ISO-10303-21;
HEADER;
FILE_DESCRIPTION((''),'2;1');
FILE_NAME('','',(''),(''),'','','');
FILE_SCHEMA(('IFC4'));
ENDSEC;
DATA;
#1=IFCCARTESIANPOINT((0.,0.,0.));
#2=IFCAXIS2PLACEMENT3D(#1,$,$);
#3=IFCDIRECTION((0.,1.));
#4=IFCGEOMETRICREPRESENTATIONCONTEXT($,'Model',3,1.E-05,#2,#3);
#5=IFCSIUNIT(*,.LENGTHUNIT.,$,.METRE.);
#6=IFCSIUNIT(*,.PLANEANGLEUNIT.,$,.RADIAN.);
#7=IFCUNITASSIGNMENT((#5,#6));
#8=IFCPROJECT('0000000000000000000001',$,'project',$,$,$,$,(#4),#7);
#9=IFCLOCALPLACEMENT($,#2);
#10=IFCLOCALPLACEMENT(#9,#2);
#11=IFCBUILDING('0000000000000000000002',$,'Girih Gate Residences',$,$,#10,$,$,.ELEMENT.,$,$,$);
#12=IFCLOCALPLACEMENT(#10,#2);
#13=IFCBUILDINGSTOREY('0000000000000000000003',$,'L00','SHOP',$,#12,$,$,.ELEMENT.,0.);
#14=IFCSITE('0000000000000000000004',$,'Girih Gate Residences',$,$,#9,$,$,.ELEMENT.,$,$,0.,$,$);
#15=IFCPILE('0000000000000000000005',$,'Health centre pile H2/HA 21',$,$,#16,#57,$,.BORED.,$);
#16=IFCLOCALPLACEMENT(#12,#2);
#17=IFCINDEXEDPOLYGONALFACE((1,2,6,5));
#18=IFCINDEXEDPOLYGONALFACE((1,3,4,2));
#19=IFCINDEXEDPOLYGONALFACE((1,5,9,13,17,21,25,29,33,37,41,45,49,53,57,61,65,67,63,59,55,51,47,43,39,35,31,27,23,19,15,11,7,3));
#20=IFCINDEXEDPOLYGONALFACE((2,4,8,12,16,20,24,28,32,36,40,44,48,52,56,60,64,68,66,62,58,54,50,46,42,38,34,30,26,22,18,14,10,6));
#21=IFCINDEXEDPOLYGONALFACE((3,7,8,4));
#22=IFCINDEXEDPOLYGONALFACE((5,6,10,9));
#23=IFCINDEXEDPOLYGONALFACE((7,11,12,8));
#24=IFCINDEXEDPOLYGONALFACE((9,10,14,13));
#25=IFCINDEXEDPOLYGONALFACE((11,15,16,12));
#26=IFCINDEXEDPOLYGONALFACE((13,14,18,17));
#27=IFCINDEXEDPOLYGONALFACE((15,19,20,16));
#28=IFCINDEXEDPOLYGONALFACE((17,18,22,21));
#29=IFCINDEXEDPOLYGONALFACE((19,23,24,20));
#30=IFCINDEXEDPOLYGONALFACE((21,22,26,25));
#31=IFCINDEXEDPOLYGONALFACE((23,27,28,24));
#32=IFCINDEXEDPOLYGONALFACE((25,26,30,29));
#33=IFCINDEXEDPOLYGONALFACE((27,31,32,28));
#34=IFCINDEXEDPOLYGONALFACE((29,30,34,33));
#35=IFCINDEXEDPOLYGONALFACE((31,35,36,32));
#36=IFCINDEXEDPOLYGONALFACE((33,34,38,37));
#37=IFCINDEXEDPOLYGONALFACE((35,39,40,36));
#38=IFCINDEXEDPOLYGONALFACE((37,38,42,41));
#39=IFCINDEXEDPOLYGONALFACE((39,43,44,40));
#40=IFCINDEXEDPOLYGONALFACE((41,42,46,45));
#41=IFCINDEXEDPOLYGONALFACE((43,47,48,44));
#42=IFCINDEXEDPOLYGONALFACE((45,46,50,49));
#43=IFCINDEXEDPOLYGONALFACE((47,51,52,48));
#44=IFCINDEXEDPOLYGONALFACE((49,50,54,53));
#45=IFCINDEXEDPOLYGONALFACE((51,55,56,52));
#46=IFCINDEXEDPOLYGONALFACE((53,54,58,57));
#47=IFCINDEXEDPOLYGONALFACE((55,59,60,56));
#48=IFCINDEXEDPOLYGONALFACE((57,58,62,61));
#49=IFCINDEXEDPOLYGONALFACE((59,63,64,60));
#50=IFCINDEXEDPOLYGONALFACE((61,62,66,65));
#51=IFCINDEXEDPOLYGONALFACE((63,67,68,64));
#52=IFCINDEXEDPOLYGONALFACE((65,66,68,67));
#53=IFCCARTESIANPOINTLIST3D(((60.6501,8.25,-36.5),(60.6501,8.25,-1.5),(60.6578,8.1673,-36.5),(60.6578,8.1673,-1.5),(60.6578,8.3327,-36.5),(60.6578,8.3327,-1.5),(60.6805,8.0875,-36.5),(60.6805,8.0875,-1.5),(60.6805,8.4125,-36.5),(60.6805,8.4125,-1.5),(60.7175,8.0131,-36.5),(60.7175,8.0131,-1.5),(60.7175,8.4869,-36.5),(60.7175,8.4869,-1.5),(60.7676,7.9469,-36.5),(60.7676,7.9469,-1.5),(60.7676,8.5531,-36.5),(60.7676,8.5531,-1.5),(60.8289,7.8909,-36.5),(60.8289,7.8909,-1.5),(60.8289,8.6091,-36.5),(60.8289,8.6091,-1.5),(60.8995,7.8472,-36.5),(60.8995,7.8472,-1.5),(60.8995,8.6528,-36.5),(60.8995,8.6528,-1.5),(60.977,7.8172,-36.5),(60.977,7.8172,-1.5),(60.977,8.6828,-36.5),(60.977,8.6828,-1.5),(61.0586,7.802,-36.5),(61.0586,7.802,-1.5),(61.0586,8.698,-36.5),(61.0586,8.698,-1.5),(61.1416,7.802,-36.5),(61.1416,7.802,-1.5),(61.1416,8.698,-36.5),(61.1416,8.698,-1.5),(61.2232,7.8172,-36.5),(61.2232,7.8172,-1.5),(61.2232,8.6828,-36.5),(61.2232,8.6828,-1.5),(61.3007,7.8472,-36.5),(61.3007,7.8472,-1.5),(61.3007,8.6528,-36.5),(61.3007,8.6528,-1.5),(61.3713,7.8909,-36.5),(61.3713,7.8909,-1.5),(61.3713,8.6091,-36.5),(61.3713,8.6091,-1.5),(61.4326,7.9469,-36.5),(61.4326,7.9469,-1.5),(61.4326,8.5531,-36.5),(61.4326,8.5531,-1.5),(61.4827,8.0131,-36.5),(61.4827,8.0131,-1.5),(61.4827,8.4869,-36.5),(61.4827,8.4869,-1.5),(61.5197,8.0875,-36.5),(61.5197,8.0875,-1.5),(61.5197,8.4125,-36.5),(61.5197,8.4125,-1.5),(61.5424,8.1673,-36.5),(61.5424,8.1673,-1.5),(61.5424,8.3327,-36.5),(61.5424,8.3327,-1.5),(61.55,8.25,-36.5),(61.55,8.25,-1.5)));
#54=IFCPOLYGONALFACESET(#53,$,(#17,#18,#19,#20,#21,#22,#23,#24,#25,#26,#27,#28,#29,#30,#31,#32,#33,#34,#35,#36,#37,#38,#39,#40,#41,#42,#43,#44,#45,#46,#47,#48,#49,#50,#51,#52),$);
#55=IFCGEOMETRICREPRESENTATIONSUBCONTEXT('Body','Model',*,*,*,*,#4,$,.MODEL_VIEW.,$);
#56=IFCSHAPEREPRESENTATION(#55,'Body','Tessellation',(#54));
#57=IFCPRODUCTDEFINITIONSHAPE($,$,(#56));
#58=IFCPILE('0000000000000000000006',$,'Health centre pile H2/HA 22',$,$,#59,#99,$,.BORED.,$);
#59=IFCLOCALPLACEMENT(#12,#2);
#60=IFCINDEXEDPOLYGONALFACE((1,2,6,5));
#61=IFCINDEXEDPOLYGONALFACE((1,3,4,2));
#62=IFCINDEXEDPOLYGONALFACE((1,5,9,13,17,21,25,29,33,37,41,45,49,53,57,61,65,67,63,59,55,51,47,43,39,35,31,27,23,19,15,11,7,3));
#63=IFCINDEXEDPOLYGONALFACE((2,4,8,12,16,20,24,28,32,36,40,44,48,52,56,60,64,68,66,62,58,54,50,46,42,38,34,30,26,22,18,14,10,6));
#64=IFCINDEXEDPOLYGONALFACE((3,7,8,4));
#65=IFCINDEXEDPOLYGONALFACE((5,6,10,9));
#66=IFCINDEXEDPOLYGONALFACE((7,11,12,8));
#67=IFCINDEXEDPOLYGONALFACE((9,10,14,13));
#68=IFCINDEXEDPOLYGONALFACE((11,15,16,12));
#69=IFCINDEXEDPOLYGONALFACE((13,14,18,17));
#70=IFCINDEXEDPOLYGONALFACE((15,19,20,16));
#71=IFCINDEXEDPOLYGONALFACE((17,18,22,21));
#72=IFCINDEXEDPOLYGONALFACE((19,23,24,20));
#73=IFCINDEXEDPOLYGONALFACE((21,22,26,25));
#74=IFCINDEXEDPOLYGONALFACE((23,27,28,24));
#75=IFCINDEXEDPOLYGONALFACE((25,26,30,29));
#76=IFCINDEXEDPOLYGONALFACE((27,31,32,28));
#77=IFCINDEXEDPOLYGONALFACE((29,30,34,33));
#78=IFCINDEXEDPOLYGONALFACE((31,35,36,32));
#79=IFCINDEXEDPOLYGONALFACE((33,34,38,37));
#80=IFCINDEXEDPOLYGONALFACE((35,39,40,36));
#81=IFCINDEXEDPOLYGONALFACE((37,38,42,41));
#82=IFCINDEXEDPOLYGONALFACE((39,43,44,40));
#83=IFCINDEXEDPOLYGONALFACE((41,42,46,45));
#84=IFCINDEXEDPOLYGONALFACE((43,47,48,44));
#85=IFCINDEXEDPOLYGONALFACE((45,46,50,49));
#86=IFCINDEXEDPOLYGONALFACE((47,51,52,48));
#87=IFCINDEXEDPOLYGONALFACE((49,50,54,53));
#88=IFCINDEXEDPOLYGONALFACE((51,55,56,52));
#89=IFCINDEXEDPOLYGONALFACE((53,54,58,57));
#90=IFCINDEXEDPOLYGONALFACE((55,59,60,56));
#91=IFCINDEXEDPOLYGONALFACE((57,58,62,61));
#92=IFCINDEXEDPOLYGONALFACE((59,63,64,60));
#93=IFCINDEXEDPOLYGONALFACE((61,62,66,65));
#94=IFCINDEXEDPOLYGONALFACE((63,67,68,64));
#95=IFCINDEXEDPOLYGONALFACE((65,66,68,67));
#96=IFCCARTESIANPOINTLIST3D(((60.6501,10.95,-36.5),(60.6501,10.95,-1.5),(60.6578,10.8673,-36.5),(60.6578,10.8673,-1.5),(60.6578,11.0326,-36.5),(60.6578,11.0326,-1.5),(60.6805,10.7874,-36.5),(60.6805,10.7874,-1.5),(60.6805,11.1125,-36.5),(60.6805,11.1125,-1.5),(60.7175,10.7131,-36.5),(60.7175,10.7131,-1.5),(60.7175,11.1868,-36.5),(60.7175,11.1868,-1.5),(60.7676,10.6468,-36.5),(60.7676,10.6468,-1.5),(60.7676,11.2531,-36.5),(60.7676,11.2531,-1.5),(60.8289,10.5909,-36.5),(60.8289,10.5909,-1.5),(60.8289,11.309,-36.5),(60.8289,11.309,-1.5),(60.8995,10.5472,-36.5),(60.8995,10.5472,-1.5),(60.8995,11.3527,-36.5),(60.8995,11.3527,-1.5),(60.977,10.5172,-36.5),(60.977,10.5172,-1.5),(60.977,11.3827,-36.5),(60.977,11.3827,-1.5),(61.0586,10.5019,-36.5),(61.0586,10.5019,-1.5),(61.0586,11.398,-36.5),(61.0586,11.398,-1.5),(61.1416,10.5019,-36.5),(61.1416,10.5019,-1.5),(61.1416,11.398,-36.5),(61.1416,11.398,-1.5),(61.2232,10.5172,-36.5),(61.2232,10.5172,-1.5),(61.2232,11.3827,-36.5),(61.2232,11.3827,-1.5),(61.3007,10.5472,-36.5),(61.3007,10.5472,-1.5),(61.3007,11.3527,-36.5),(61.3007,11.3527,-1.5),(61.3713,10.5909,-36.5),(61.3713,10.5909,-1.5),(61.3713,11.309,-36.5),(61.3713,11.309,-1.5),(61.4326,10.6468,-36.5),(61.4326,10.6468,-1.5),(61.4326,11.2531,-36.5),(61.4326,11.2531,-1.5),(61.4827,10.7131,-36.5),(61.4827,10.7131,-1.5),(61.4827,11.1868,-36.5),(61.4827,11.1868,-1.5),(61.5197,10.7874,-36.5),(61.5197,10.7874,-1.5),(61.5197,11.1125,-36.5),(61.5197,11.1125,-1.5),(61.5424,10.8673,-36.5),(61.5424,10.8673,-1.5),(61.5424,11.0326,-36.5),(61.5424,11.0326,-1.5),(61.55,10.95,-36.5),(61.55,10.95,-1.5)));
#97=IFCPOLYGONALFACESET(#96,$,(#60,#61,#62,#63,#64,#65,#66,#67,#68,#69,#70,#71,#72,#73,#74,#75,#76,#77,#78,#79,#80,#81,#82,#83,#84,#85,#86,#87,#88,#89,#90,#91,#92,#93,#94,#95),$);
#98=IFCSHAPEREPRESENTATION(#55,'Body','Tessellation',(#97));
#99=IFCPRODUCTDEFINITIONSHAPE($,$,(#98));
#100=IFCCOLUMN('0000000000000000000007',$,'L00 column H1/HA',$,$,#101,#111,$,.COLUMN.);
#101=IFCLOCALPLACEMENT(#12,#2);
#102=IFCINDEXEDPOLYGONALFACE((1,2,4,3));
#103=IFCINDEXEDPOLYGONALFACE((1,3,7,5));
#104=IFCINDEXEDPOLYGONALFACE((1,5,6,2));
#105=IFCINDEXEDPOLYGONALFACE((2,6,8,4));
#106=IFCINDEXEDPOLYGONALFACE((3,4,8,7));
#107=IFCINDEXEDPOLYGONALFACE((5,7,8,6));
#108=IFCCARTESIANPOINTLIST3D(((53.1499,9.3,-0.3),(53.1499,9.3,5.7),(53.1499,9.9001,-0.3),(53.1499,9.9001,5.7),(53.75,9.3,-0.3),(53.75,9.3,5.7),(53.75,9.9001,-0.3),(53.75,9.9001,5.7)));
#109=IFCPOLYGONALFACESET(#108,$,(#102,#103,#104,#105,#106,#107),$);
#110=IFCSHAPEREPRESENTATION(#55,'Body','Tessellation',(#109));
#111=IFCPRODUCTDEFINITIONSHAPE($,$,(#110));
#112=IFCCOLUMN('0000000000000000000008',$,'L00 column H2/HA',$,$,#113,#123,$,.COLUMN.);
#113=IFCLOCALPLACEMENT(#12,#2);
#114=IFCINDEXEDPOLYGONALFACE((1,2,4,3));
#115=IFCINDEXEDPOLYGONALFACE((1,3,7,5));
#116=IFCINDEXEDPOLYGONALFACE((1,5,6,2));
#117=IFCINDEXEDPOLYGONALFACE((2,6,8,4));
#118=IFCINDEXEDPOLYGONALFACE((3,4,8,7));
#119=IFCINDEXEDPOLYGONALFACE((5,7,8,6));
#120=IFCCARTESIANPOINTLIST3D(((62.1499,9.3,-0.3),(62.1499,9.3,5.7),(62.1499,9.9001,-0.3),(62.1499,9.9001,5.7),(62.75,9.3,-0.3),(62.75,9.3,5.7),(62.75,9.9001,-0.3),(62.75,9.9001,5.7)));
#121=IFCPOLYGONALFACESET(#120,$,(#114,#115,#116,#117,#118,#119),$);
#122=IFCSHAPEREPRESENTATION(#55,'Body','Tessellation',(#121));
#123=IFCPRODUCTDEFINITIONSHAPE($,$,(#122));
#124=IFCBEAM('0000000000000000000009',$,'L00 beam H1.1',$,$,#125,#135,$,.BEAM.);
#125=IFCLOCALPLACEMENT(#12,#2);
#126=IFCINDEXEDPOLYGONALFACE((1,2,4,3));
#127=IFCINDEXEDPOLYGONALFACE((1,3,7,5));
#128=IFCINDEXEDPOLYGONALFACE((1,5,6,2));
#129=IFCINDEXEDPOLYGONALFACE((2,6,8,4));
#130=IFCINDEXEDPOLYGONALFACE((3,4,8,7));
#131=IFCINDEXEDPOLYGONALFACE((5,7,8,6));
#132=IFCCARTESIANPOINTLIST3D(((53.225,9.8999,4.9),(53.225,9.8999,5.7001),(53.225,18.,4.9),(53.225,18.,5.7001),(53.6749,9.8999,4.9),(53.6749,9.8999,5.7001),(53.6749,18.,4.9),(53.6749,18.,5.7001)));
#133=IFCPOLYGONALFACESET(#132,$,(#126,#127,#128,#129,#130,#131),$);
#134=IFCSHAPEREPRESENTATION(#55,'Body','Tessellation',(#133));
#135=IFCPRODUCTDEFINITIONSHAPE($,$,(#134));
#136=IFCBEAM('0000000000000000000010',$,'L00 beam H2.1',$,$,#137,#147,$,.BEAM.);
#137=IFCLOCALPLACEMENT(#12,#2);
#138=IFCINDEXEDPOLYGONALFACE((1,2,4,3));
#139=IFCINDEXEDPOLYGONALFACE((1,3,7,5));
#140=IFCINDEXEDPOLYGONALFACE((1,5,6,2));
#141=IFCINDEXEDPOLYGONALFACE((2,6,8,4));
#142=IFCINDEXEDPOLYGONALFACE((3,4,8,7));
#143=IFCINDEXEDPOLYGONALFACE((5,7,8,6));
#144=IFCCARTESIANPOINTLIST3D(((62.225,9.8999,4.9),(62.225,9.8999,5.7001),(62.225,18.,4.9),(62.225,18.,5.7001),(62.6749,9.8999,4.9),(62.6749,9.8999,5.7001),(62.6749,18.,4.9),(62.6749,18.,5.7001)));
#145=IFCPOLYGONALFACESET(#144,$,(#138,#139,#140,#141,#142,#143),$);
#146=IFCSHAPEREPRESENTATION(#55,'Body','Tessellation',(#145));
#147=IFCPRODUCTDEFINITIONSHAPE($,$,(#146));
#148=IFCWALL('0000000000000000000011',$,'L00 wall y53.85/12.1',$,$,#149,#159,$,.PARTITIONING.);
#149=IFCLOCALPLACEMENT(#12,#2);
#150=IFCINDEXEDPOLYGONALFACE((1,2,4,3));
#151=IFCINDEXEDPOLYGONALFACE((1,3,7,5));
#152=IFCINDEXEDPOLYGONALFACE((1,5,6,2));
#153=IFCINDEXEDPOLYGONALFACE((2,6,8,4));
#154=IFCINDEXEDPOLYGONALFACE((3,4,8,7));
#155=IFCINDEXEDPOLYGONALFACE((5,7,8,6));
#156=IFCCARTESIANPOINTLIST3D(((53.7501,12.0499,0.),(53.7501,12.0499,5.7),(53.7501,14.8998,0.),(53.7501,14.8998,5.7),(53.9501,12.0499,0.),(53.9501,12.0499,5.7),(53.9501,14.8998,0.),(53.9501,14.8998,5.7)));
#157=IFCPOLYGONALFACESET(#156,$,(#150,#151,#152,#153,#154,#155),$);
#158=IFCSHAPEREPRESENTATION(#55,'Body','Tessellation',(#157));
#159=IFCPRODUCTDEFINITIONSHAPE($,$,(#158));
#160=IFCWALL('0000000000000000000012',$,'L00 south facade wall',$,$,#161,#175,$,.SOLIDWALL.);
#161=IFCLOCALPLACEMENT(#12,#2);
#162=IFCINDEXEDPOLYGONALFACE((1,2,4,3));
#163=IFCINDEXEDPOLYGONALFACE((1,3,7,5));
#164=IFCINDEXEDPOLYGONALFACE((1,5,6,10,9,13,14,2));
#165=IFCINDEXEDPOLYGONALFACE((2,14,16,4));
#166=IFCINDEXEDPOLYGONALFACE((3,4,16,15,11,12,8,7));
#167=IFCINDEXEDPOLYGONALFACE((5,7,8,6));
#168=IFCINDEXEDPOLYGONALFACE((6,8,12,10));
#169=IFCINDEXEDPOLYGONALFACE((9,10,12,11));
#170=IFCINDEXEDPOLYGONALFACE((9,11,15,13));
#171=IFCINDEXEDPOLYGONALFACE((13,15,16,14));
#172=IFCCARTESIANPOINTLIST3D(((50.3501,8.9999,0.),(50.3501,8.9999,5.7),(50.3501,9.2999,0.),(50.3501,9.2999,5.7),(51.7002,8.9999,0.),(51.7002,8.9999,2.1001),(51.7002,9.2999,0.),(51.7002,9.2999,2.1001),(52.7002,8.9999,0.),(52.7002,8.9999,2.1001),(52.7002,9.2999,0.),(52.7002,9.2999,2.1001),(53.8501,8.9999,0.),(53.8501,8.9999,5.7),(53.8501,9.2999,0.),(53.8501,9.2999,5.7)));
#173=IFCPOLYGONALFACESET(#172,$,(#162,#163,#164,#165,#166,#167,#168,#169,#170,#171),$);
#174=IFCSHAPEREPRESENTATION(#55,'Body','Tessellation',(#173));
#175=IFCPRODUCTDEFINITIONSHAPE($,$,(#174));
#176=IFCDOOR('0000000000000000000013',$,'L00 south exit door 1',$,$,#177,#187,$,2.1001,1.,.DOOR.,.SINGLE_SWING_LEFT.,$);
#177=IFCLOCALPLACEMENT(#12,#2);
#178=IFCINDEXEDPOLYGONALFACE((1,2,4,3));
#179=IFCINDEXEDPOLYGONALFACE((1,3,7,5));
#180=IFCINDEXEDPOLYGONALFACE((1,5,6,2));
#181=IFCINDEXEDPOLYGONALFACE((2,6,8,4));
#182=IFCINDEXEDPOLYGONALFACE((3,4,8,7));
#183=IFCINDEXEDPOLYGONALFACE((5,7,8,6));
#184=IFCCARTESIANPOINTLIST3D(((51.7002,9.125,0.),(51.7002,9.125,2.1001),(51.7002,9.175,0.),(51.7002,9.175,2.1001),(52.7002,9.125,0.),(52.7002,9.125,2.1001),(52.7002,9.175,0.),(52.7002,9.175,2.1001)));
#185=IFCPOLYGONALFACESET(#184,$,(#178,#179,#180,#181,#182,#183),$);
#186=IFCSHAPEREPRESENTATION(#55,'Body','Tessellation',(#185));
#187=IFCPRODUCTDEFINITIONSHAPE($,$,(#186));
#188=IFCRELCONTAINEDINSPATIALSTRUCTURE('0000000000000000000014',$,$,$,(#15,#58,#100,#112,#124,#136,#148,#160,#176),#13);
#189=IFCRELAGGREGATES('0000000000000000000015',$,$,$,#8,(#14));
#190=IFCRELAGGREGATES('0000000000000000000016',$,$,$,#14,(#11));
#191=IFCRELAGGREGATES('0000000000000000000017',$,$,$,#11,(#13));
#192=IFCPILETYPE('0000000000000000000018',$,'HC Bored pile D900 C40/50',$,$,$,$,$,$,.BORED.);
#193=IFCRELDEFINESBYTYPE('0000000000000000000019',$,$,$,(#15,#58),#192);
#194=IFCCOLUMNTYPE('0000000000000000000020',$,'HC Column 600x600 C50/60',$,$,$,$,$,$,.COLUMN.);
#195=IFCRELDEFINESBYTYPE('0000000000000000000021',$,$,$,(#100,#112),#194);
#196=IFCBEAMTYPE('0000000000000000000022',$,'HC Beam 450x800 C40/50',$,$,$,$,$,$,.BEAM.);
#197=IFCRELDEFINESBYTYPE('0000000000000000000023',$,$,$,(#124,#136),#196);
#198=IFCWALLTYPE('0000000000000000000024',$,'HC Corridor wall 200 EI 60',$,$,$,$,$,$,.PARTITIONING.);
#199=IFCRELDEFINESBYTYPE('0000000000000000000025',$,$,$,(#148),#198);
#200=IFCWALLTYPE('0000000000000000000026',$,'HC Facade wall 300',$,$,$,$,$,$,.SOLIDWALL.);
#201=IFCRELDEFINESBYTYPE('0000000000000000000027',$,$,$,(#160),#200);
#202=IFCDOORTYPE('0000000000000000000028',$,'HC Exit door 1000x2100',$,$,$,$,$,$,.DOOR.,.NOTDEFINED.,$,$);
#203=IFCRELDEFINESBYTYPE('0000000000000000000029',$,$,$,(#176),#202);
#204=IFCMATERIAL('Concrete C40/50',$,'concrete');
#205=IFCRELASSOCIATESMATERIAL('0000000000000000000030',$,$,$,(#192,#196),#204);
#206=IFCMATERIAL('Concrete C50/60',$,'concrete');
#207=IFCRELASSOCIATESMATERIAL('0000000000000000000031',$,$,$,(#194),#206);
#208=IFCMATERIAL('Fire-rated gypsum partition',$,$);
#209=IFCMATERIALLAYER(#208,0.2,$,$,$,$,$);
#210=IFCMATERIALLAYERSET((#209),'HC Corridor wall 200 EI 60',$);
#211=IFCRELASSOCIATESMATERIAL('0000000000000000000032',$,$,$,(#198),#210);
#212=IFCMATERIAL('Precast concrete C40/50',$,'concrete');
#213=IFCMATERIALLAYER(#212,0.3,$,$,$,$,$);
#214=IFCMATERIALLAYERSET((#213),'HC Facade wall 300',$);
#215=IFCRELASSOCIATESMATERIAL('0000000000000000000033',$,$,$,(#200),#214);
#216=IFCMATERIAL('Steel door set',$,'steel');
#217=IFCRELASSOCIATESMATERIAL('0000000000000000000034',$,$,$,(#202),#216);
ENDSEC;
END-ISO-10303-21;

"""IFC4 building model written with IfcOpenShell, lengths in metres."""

from ifc_helpers import new_model, si_unit, direction, frame, frame_2d, origin, origin_2d, place, context, subcontext, project, spatial, rectangle, circle, extrude, material, layer, layer_set, material_profile, profile_set, type_object, element, fill, save


model = new_model("IFC4")

# Units and contexts
model_context = context("Model", 3, precision=1e-05, world=origin(), true_north=direction((0.0, 1.0)))
body_context = subcontext(model_context, "Body", "Model", "MODEL_VIEW")
ifc_project = project(units=[si_unit("LENGTHUNIT", "METRE"), si_unit("PLANEANGLEUNIT", "RADIAN")], contexts=[model_context])

# Site, building, storey
site_placement = place(None, origin())
site = spatial("IfcSite", under=ifc_project, at=site_placement, Name="Girih Gate Residences", CompositionType="ELEMENT", RefElevation=0.0)
building_placement = place(site_placement, origin())
building = spatial("IfcBuilding", under=site, at=building_placement, Name="Girih Gate Residences", CompositionType="ELEMENT")
storey_placement = place(building_placement, origin())
storey = spatial("IfcBuildingStorey", under=building, at=storey_placement, Name="L00", Description="SHOP", CompositionType="ELEMENT", Elevation=0.0)

# Piles
ifc_material_1 = material(Name="Concrete C40/50", Category="concrete")
ifc_material_profile_1 = material_profile(ifc_material_1, circle(Radius=0.45, at=origin_2d()))
ifc_profile_set_1 = profile_set([ifc_material_profile_1], Name="Concrete C40/50")
pile_type = type_object("IfcPileType", Name="HC Bored pile D900 C40/50", PredefinedType="BORED", material=ifc_profile_set_1)
for number, where, z_axis, x_axis, name in (
    (1, (61.1001, 8.25, -1.5), (0.0, 0.0, -1.0), (1.0, 0.0, 0.0), "Health centre pile H2/HA 21"),
    (2, (61.1001, 10.95, -1.5), (0.0, 0.0, -1.0), (1.0, 0.0, 0.0), "Health centre pile H2/HA 22"),
):
    element("IfcPile", number, at=place(storey_placement, frame(where, z_axis=z_axis, x_axis=x_axis)), inside=storey, type_object=pile_type, Name=name, PredefinedType="BORED", context=body_context, shape_type="SweptSolid", body=[
        extrude(circle(Radius=0.45, at=origin_2d()), origin(), (0.0, 0.0, 1.0), 35.0),
    ])

# Columns
ifc_material_2 = material(Name="Concrete C50/60", Category="concrete")
ifc_material_profile_2 = material_profile(ifc_material_2, rectangle(XDim=0.6001, YDim=0.6001, at=origin_2d()))
ifc_profile_set_2 = profile_set([ifc_material_profile_2], Name="Concrete C50/60")
column_type = type_object("IfcColumnType", Name="HC Column 600x600 C50/60", PredefinedType="COLUMN", material=ifc_profile_set_2)
for number, where, z_axis, x_axis, name in (
    (3, (53.45, 9.6001, -0.3), (0.0, 0.0, 1.0), (1.0, 0.0, 0.0), "L00 column H1/HA"),
    (4, (62.45, 9.6001, -0.3), (0.0, 0.0, 1.0), (1.0, 0.0, 0.0), "L00 column H2/HA"),
):
    element("IfcColumn", number, at=place(storey_placement, frame(where, z_axis=z_axis, x_axis=x_axis)), inside=storey, type_object=column_type, Name=name, PredefinedType="COLUMN", context=body_context, shape_type="SweptSolid", body=[
        extrude(rectangle(XDim=0.6001, YDim=0.6001, at=origin_2d()), origin(), (0.0, 0.0, 1.0), 6.0),
    ])

# Beams
ifc_material_profile_3 = material_profile(ifc_material_1, rectangle(XDim=0.45, YDim=0.8, at=origin_2d()))
ifc_profile_set_3 = profile_set([ifc_material_profile_3], Name="Concrete C40/50")
beam_type = type_object("IfcBeamType", Name="HC Beam 450x800 C40/50", PredefinedType="BEAM", material=ifc_profile_set_3)
for number, where, z_axis, x_axis, name in (
    (5, (53.45, 9.8999, 5.3), (0.0, 1.0, 0.0), (-1.0, 0.0, 0.0), "L00 beam H1.1"),
    (6, (62.45, 9.8999, 5.3), (0.0, 1.0, 0.0), (-1.0, 0.0, 0.0), "L00 beam H2.1"),
):
    element("IfcBeam", number, at=place(storey_placement, frame(where, z_axis=z_axis, x_axis=x_axis)), inside=storey, type_object=beam_type, Name=name, PredefinedType="BEAM", context=body_context, shape_type="SweptSolid", body=[
        extrude(rectangle(XDim=0.45, YDim=0.8, at=origin_2d()), origin(), (0.0, 0.0, 1.0), 8.1001),
    ])

# Wall
ifc_material_3 = material(Name="Fire-rated gypsum partition")
ifc_layer_1 = layer(ifc_material_3, 0.2)
ifc_layer_set_1 = layer_set([ifc_layer_1], Name="HC Corridor wall 200 EI 60")
wall_type_1 = type_object("IfcWallType", Name="HC Corridor wall 200 EI 60", PredefinedType="PARTITIONING", material=ifc_layer_set_1)
wall_1_placement = place(storey_placement, frame((53.8501, 12.05, 0.0), z_axis=(0.0, 0.0, 1.0), x_axis=(0.0, 1.0, 0.0)))
element("IfcWall", 7, at=wall_1_placement, inside=storey, type_object=wall_type_1, Name="L00 wall y53.85/12.1", PredefinedType="PARTITIONING", context=body_context, shape_type="SweptSolid", body=[
    extrude(rectangle(XDim=2.8499, YDim=0.2, at=frame_2d((1.4248, 0.0))), origin(), (0.0, 0.0, 1.0), 5.7),
])

# Wall, opening, door
ifc_material_4 = material(Name="Precast concrete C40/50", Category="concrete")
ifc_layer_2 = layer(ifc_material_4, 0.3)
ifc_layer_set_2 = layer_set([ifc_layer_2], Name="HC Facade wall 300")
wall_type_2 = type_object("IfcWallType", Name="HC Facade wall 300", PredefinedType="SOLIDWALL", material=ifc_layer_set_2)
wall_2_placement = place(storey_placement, frame((53.8501, 9.1499, 0.0), z_axis=(0.0, 0.0, 1.0), x_axis=(-1.0, 0.0, 0.0)))
wall_2 = element("IfcWall", 8, at=wall_2_placement, inside=storey, type_object=wall_type_2, Name="L00 south facade wall", PredefinedType="SOLIDWALL", context=body_context, shape_type="SweptSolid", body=[
    extrude(rectangle(XDim=3.5, YDim=0.3, at=frame_2d((1.75, 0.0))), origin(), (0.0, 0.0, 1.0), 5.7),
])
opening_1_placement = place(wall_2_placement, frame((1.1499, 0.0, 0.0)))
opening_1 = element("IfcOpeningElement", 9, at=opening_1_placement, cuts=wall_2, PredefinedType="OPENING", context=body_context, shape_type="SweptSolid", body=[
    extrude(rectangle(XDim=1.0, YDim=2.1001, at=frame_2d((0.5, 1.05))), frame((0.0, 0.1599, 0.0), z_axis=(0.0, -1.0, 0.0), x_axis=(1.0, 0.0, 0.0)), (0.0, 0.0, 1.0), 0.3201),
])
ifc_material_5 = material(Name="Steel door set", Category="steel")
door_type_1 = type_object("IfcDoorType", Name="HC Exit door 1000x2100", OperationType="NOTDEFINED", PredefinedType="DOOR", material=ifc_material_5)
door_1_placement = place(opening_1_placement, origin())
door_1 = element("IfcDoor", 10, at=door_1_placement, inside=storey, type_object=door_type_1, Name="L00 south exit door 1", OperationType="SINGLE_SWING_LEFT", OverallHeight=2.1001, OverallWidth=1.0, PredefinedType="DOOR", context=body_context, shape_type="SweptSolid", body=[
    extrude(rectangle(XDim=1.0, YDim=2.1001, at=frame_2d((0.5, 1.05))), frame((0.0, 0.0249, 0.0), z_axis=(0.0, -1.0, 0.0), x_axis=(1.0, 0.0, 0.0)), (0.0, 0.0, 1.0), 0.05),
])
fill(opening_1, door_1)

save(model, "model.ifc")
